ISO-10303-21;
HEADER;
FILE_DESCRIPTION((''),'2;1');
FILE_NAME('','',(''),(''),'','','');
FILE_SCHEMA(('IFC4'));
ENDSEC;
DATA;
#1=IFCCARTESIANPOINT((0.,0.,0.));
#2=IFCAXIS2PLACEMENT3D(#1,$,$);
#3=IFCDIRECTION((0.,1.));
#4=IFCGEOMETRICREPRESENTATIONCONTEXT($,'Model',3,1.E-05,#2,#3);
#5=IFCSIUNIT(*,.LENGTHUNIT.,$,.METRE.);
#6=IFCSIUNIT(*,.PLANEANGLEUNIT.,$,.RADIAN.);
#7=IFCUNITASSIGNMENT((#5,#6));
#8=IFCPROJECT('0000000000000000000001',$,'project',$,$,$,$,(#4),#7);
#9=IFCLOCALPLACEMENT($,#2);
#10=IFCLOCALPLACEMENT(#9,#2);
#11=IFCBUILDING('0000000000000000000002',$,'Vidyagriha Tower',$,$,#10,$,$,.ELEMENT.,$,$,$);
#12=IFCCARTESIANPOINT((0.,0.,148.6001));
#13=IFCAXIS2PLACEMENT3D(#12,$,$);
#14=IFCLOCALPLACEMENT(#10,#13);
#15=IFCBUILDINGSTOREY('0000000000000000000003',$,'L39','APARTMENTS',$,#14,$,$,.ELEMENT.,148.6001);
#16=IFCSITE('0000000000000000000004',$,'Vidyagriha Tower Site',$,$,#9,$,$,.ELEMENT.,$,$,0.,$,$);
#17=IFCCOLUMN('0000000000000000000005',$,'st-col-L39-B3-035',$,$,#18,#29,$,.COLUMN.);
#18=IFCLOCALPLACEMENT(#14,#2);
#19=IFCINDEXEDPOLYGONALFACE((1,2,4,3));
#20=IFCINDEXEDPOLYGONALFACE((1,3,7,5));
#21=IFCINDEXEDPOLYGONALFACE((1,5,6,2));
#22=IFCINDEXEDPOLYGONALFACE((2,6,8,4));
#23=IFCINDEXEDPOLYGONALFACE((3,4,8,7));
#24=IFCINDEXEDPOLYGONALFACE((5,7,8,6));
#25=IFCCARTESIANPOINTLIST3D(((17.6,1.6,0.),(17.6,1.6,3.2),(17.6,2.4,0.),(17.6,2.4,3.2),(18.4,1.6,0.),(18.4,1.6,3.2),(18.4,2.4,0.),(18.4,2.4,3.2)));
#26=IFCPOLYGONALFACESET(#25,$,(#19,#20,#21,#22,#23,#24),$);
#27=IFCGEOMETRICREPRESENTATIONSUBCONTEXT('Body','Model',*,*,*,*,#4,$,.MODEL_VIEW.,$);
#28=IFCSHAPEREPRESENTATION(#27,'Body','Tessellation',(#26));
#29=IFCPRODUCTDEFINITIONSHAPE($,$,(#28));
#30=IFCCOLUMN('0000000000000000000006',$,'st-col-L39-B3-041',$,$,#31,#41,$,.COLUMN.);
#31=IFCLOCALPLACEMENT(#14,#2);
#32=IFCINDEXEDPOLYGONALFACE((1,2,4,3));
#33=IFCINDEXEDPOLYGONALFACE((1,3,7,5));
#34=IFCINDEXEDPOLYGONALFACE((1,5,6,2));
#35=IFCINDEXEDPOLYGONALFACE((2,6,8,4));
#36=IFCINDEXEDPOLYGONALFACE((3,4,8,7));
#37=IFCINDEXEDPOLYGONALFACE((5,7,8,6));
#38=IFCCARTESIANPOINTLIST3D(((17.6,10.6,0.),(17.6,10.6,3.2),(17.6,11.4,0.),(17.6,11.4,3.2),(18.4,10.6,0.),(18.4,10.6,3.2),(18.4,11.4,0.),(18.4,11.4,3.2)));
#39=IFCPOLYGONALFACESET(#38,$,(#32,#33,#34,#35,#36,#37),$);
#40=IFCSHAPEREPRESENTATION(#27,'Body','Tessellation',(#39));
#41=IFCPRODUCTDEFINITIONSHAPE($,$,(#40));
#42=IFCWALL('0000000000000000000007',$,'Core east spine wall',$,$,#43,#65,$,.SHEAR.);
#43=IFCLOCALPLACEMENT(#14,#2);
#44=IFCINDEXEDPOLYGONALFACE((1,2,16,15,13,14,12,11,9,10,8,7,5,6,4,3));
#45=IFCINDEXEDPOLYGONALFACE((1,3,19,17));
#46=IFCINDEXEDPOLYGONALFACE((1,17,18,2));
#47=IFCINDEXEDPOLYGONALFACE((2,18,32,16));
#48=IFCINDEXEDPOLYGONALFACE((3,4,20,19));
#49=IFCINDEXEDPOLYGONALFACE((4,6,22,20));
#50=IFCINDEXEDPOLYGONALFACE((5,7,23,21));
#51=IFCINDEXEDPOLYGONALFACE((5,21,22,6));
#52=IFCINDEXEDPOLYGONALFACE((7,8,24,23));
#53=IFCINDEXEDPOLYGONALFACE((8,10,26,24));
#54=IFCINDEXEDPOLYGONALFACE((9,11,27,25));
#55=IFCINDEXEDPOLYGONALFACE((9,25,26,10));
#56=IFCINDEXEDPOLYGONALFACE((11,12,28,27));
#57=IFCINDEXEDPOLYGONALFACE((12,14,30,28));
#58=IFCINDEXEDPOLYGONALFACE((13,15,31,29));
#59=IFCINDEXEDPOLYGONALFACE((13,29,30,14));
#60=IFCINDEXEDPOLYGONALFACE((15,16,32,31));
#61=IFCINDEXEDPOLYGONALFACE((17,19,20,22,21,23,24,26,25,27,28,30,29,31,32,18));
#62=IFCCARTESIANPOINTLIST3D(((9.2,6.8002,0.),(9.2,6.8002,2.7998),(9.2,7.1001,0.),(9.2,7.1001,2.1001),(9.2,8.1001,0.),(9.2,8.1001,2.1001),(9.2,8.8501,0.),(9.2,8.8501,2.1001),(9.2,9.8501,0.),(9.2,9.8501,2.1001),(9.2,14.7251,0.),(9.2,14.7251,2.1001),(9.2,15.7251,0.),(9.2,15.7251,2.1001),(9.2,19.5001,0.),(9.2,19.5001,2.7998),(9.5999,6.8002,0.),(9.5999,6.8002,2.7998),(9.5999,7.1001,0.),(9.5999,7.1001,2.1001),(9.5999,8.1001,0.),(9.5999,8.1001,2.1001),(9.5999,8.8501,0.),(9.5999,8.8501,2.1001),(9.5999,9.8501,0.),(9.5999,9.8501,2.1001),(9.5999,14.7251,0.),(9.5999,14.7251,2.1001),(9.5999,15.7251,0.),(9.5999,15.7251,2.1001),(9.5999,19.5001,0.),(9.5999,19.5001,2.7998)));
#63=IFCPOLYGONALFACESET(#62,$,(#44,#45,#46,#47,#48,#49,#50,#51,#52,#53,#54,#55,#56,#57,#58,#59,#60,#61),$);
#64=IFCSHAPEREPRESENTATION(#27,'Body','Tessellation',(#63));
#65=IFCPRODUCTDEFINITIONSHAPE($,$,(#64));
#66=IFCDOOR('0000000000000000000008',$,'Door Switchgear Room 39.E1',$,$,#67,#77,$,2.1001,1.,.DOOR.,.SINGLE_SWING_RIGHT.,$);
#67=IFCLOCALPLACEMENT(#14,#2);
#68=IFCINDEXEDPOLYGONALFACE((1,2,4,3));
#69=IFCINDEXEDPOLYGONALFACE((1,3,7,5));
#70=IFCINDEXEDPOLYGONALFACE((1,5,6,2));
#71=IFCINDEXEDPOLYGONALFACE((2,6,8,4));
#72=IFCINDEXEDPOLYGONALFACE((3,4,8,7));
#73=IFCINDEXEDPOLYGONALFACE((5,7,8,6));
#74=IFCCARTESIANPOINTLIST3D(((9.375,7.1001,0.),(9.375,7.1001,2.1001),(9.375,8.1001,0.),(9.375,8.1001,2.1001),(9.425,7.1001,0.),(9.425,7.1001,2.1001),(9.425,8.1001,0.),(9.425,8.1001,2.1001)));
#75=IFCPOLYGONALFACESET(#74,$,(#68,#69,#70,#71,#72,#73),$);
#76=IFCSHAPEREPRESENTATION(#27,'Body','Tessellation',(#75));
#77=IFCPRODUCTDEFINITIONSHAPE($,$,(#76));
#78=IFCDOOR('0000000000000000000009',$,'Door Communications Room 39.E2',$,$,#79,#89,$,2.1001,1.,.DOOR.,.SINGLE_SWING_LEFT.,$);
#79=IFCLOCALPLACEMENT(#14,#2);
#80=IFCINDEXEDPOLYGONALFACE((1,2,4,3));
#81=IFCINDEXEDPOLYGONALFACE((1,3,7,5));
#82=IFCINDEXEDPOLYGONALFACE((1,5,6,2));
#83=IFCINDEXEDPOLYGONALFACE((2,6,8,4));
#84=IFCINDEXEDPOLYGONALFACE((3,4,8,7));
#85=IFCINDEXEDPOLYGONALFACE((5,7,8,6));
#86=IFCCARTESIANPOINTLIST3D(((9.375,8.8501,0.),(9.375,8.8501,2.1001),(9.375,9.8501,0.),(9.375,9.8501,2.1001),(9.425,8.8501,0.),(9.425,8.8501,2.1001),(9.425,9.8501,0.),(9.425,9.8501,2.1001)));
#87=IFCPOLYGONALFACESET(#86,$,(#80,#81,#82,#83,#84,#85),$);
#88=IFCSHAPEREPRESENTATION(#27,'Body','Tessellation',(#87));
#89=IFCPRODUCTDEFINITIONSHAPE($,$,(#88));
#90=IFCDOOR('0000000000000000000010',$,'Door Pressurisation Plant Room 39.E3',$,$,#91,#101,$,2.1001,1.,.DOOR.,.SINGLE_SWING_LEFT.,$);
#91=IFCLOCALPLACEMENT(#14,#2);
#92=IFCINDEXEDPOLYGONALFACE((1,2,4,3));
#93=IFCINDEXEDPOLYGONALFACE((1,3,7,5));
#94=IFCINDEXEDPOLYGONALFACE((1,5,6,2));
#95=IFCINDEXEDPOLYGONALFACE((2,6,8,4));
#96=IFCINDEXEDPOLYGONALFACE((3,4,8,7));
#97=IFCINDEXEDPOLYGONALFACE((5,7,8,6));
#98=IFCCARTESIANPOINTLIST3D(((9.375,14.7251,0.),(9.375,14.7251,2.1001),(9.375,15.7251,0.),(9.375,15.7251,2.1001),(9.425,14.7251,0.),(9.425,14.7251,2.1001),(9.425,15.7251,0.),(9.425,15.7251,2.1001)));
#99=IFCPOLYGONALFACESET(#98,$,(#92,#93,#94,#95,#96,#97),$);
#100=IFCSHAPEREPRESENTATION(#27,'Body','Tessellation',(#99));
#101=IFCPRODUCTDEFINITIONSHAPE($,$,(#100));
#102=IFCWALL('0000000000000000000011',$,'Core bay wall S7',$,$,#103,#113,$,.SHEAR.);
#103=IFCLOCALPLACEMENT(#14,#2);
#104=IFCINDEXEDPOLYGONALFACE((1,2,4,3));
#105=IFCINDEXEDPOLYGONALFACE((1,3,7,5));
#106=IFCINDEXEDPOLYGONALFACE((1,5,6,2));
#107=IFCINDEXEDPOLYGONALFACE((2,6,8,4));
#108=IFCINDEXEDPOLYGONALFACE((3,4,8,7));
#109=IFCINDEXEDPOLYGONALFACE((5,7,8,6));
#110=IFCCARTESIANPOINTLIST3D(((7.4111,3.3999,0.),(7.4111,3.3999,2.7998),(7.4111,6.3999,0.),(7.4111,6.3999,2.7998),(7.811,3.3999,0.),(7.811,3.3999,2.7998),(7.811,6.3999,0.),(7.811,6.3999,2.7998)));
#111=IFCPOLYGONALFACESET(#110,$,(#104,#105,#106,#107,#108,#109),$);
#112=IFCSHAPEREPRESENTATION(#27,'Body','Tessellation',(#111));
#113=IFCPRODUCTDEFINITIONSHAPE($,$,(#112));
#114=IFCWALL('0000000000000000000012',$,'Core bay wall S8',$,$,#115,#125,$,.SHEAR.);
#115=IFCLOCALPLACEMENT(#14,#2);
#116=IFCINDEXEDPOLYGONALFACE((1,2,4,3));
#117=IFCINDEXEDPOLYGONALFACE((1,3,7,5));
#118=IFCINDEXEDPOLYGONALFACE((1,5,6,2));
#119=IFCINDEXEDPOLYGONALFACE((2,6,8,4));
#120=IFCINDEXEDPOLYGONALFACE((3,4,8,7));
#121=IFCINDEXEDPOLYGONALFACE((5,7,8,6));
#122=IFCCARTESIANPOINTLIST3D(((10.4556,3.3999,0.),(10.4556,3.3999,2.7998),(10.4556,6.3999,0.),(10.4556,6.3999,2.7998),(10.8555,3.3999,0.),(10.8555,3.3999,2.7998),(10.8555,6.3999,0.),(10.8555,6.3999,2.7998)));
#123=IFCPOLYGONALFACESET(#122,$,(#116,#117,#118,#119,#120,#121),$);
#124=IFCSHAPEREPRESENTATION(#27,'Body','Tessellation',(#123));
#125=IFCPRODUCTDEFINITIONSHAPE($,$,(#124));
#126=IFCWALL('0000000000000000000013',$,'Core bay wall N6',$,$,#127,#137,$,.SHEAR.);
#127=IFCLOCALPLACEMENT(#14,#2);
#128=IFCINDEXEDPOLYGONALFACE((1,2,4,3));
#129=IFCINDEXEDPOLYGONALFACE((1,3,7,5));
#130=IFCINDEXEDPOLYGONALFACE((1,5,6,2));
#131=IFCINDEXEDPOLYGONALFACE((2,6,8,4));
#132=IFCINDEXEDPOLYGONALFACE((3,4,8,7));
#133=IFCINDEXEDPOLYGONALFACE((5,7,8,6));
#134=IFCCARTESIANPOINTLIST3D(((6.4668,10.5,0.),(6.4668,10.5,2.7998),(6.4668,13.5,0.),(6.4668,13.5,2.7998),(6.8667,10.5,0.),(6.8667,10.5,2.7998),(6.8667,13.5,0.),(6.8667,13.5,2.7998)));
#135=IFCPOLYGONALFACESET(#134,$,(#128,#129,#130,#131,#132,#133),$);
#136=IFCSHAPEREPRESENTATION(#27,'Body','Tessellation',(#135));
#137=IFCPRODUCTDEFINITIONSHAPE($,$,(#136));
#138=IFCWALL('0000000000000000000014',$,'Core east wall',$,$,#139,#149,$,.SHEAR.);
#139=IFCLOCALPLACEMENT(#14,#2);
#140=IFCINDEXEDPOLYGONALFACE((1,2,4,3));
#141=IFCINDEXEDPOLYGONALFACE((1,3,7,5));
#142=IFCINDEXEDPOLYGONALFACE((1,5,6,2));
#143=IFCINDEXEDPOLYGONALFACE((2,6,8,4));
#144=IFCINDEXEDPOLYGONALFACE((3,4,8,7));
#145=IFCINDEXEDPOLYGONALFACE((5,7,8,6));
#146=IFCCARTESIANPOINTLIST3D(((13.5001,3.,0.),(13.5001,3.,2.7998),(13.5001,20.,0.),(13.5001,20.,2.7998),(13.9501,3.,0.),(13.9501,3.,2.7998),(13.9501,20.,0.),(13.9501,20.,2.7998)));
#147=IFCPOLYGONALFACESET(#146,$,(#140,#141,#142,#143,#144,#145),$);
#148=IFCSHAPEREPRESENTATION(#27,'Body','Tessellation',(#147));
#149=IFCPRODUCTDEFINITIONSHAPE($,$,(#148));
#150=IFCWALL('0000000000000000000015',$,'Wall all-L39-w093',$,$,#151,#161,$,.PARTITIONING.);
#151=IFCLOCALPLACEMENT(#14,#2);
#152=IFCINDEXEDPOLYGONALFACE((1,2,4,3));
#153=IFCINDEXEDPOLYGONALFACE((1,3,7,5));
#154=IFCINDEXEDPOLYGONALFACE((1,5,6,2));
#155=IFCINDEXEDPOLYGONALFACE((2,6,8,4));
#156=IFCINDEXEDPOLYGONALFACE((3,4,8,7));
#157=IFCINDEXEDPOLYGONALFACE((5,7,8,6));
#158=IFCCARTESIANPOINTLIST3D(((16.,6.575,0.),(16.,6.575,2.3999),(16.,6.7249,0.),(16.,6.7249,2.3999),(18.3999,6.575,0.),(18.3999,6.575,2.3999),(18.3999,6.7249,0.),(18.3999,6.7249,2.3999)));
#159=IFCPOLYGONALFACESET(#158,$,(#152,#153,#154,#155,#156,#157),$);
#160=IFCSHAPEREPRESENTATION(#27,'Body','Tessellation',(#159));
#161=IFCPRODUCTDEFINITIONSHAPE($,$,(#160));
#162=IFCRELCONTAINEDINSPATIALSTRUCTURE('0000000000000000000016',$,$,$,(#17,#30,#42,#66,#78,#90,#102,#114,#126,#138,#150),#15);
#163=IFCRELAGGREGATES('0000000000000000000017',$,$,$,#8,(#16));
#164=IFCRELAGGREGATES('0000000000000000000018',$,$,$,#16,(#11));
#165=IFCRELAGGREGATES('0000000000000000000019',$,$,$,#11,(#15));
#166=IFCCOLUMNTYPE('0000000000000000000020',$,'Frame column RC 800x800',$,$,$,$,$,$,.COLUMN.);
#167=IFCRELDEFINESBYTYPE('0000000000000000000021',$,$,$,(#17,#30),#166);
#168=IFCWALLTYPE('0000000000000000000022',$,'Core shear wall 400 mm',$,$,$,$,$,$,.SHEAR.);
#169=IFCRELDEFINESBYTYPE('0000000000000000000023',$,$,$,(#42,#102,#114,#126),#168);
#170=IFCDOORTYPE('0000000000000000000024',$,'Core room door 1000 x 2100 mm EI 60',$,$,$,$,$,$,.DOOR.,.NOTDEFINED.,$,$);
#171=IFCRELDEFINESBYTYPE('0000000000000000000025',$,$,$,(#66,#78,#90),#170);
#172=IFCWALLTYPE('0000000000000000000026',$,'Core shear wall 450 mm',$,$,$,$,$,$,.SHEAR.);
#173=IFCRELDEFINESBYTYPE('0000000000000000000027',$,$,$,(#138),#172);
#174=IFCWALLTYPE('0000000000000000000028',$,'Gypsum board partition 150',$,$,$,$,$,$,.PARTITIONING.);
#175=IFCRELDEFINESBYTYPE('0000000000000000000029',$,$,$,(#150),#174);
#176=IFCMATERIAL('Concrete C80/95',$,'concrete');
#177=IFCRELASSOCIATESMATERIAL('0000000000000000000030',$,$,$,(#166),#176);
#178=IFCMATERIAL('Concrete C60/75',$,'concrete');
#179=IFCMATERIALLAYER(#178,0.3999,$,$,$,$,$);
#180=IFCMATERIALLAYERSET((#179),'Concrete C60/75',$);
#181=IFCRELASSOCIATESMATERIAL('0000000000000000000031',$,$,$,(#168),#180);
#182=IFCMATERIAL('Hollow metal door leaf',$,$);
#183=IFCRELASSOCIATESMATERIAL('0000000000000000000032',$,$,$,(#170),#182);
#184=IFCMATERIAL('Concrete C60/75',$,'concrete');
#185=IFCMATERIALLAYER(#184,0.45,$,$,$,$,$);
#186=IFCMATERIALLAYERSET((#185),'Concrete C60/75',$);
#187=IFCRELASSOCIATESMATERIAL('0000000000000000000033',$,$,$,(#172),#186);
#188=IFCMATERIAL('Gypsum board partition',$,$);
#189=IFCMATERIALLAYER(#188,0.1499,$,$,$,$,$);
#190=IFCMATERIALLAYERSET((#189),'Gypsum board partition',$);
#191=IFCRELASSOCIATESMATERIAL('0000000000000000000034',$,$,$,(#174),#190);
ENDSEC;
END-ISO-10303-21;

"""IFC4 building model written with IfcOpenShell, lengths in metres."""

from ifc_helpers import new_model, si_unit, direction, frame, frame_2d, origin, origin_2d, place, context, subcontext, project, spatial, rectangle, extrude, material, layer, layer_set, material_profile, profile_set, type_object, element, fill, save


model = new_model("IFC4")

# Units and contexts
model_context = context("Model", 3, precision=1e-05, world=origin(), true_north=direction((0.0, 1.0)))
body_context = subcontext(model_context, "Body", "Model", "MODEL_VIEW")
ifc_project = project(units=[si_unit("LENGTHUNIT", "METRE"), si_unit("PLANEANGLEUNIT", "RADIAN")], contexts=[model_context])

# Site, building, storey
site_placement = place(None, origin())
site = spatial("IfcSite", under=ifc_project, at=site_placement, Name="Vidyagriha Tower Site", CompositionType="ELEMENT", RefElevation=0.0)
building_placement = place(site_placement, origin())
building = spatial("IfcBuilding", under=site, at=building_placement, Name="Vidyagriha Tower", CompositionType="ELEMENT")
storey_placement = place(building_placement, frame((0.0, 0.0, 148.6001)))
storey = spatial("IfcBuildingStorey", under=building, at=storey_placement, Name="L39", Description="APARTMENTS", CompositionType="ELEMENT", Elevation=148.6001)

# Columns
ifc_material_1 = material(Name="Concrete C80/95", Category="concrete")
ifc_material_profile = material_profile(ifc_material_1, rectangle(XDim=0.8, YDim=0.8, at=origin_2d()), Name="RC 800x800")
ifc_profile_set = profile_set([ifc_material_profile], Name="Concrete C80/95")
column_type = type_object("IfcColumnType", Name="Frame column RC 800x800", PredefinedType="COLUMN", material=ifc_profile_set)
for number, where, name in (
    (1, (18.0, 2.0, 0.0), "st-col-L39-B3-035"),
    (2, (18.0, 11.0, 0.0), "st-col-L39-B3-041"),
):
    element("IfcColumn", number, at=place(storey_placement, frame(where)), inside=storey, type_object=column_type, Name=name, PredefinedType="COLUMN", context=body_context, shape_type="SweptSolid", body=[
        extrude(rectangle(XDim=0.8, YDim=0.8, at=origin_2d()), origin(), (0.0, 0.0, 1.0), 3.2),
    ])

# Wall, openings, doors
ifc_material_2 = material(Name="Concrete C60/75", Category="concrete")
ifc_layer_1 = layer(ifc_material_2, 0.3999)
ifc_layer_set_1 = layer_set([ifc_layer_1], Name="Concrete C60/75")
wall_type_1 = type_object("IfcWallType", Name="Core shear wall 400 mm", PredefinedType="SHEAR", material=ifc_layer_set_1)
wall_1_placement = place(storey_placement, frame((9.3999, 6.8, 0.0), z_axis=(0.0, 0.0, 1.0), x_axis=(0.0, 1.0, 0.0)))
wall_1 = element("IfcWall", 3, at=wall_1_placement, inside=storey, type_object=wall_type_1, Name="Core east spine wall", PredefinedType="SHEAR", context=body_context, shape_type="SweptSolid", body=[
    extrude(rectangle(XDim=12.7, YDim=0.3999, at=frame_2d((6.3501, 0.0))), origin(), (0.0, 0.0, 1.0), 2.7998),
])
opening_1_placement = place(wall_1_placement, frame((0.3, 0.0, 0.0)))
opening_1 = element("IfcOpeningElement", 4, at=opening_1_placement, cuts=wall_1, PredefinedType="OPENING", context=body_context, shape_type="SweptSolid", body=[
    extrude(rectangle(XDim=1.0, YDim=2.1001, at=frame_2d((0.5, 1.05))), frame((0.0, 0.21, 0.0), z_axis=(0.0, -1.0, 0.0), x_axis=(1.0, 0.0, 0.0)), (0.0, 0.0, 1.0), 0.4199),
])
opening_2_placement = place(wall_1_placement, frame((2.05, 0.0, 0.0)))
opening_2 = element("IfcOpeningElement", 5, at=opening_2_placement, cuts=wall_1, PredefinedType="OPENING", context=body_context, shape_type="SweptSolid", body=[
    extrude(rectangle(XDim=1.0, YDim=2.1001, at=frame_2d((0.5, 1.05))), frame((0.0, 0.21, 0.0), z_axis=(0.0, -1.0, 0.0), x_axis=(1.0, 0.0, 0.0)), (0.0, 0.0, 1.0), 0.4199),
])
opening_3_placement = place(wall_1_placement, frame((7.925, 0.0, 0.0)))
opening_3 = element("IfcOpeningElement", 6, at=opening_3_placement, cuts=wall_1, PredefinedType="OPENING", context=body_context, shape_type="SweptSolid", body=[
    extrude(rectangle(XDim=1.0, YDim=2.1001, at=frame_2d((0.5, 1.05))), frame((0.0, 0.21, 0.0), z_axis=(0.0, -1.0, 0.0), x_axis=(1.0, 0.0, 0.0)), (0.0, 0.0, 1.0), 0.4199),
])
ifc_material_3 = material(Name="Hollow metal door leaf")
door_type_1 = type_object("IfcDoorType", Name="Core room door 1000 x 2100 mm EI 60", OperationType="NOTDEFINED", PredefinedType="DOOR", material=ifc_material_3)
door_1_placement = place(opening_1_placement, origin())
door_1 = element("IfcDoor", 7, at=door_1_placement, inside=storey, type_object=door_type_1, Name="Door Switchgear Room 39.E1", OperationType="SINGLE_SWING_RIGHT", OverallHeight=2.1001, OverallWidth=1.0, PredefinedType="DOOR", context=body_context, shape_type="SweptSolid", body=[
    extrude(rectangle(XDim=1.0, YDim=2.1001, at=frame_2d((0.5, 1.05))), frame((0.0, 0.0249, 0.0), z_axis=(0.0, -1.0, 0.0), x_axis=(1.0, 0.0, 0.0)), (0.0, 0.0, 1.0), 0.05),
])
fill(opening_1, door_1)
door_2_placement = place(opening_2_placement, origin())
door_2 = element("IfcDoor", 8, at=door_2_placement, inside=storey, type_object=door_type_1, Name="Door Communications Room 39.E2", OperationType="SINGLE_SWING_LEFT", OverallHeight=2.1001, OverallWidth=1.0, PredefinedType="DOOR", context=body_context, shape_type="SweptSolid", body=[
    extrude(rectangle(XDim=1.0, YDim=2.1001, at=frame_2d((0.5, 1.05))), frame((0.0, 0.0249, 0.0), z_axis=(0.0, -1.0, 0.0), x_axis=(1.0, 0.0, 0.0)), (0.0, 0.0, 1.0), 0.05),
])
fill(opening_2, door_2)
door_3_placement = place(opening_3_placement, origin())
door_3 = element("IfcDoor", 9, at=door_3_placement, inside=storey, type_object=door_type_1, Name="Door Pressurisation Plant Room 39.E3", OperationType="SINGLE_SWING_LEFT", OverallHeight=2.1001, OverallWidth=1.0, PredefinedType="DOOR", context=body_context, shape_type="SweptSolid", body=[
    extrude(rectangle(XDim=1.0, YDim=2.1001, at=frame_2d((0.5, 1.05))), frame((0.0, 0.0249, 0.0), z_axis=(0.0, -1.0, 0.0), x_axis=(1.0, 0.0, 0.0)), (0.0, 0.0, 1.0), 0.05),
])
fill(opening_3, door_3)

# Walls
for number, where, z_axis, x_axis, name in (
    (10, (7.6111, 3.3999, 0.0), (0.0, 0.0, 1.0), (0.0, 1.0, 0.0), "Core bay wall S7"),
    (11, (10.6555, 3.3999, 0.0), (0.0, 0.0, 1.0), (0.0, 1.0, 0.0), "Core bay wall S8"),
    (12, (6.6667, 10.5, 0.0), (0.0, 0.0, 1.0), (0.0, 1.0, 0.0), "Core bay wall N6"),
):
    element("IfcWall", number, at=place(storey_placement, frame(where, z_axis=z_axis, x_axis=x_axis)), inside=storey, type_object=wall_type_1, Name=name, PredefinedType="SHEAR", context=body_context, shape_type="SweptSolid", body=[
        extrude(rectangle(XDim=3.0, YDim=0.3999, at=frame_2d((1.5, 0.0))), origin(), (0.0, 0.0, 1.0), 2.7998),
    ])
ifc_material_4 = material(Name="Concrete C60/75", Category="concrete")
ifc_layer_2 = layer(ifc_material_4, 0.45)
ifc_layer_set_2 = layer_set([ifc_layer_2], Name="Concrete C60/75")
wall_type_2 = type_object("IfcWallType", Name="Core shear wall 450 mm", PredefinedType="SHEAR", material=ifc_layer_set_2)
wall_2_placement = place(storey_placement, frame((13.7251, 3.0, 0.0), z_axis=(0.0, 0.0, 1.0), x_axis=(0.0, 1.0, 0.0)))
element("IfcWall", 13, at=wall_2_placement, inside=storey, type_object=wall_type_2, Name="Core east wall", PredefinedType="SHEAR", context=body_context, shape_type="SweptSolid", body=[
    extrude(rectangle(XDim=17.0, YDim=0.45, at=frame_2d((8.5, 0.0))), origin(), (0.0, 0.0, 1.0), 2.7998),
])
ifc_material_5 = material(Name="Gypsum board partition")
ifc_layer_3 = layer(ifc_material_5, 0.1499)
ifc_layer_set_3 = layer_set([ifc_layer_3], Name="Gypsum board partition")
wall_type_3 = type_object("IfcWallType", Name="Gypsum board partition 150", PredefinedType="PARTITIONING", material=ifc_layer_set_3)
wall_3_placement = place(storey_placement, frame((16.0, 6.6499, 0.0)))
element("IfcWall", 14, at=wall_3_placement, inside=storey, type_object=wall_type_3, Name="Wall all-L39-w093", PredefinedType="PARTITIONING", context=body_context, shape_type="SweptSolid", body=[
    extrude(rectangle(XDim=2.3999, YDim=0.1499, at=frame_2d((1.2, 0.0))), origin(), (0.0, 0.0, 1.0), 2.3999),
])

save(model, "model.ifc")
